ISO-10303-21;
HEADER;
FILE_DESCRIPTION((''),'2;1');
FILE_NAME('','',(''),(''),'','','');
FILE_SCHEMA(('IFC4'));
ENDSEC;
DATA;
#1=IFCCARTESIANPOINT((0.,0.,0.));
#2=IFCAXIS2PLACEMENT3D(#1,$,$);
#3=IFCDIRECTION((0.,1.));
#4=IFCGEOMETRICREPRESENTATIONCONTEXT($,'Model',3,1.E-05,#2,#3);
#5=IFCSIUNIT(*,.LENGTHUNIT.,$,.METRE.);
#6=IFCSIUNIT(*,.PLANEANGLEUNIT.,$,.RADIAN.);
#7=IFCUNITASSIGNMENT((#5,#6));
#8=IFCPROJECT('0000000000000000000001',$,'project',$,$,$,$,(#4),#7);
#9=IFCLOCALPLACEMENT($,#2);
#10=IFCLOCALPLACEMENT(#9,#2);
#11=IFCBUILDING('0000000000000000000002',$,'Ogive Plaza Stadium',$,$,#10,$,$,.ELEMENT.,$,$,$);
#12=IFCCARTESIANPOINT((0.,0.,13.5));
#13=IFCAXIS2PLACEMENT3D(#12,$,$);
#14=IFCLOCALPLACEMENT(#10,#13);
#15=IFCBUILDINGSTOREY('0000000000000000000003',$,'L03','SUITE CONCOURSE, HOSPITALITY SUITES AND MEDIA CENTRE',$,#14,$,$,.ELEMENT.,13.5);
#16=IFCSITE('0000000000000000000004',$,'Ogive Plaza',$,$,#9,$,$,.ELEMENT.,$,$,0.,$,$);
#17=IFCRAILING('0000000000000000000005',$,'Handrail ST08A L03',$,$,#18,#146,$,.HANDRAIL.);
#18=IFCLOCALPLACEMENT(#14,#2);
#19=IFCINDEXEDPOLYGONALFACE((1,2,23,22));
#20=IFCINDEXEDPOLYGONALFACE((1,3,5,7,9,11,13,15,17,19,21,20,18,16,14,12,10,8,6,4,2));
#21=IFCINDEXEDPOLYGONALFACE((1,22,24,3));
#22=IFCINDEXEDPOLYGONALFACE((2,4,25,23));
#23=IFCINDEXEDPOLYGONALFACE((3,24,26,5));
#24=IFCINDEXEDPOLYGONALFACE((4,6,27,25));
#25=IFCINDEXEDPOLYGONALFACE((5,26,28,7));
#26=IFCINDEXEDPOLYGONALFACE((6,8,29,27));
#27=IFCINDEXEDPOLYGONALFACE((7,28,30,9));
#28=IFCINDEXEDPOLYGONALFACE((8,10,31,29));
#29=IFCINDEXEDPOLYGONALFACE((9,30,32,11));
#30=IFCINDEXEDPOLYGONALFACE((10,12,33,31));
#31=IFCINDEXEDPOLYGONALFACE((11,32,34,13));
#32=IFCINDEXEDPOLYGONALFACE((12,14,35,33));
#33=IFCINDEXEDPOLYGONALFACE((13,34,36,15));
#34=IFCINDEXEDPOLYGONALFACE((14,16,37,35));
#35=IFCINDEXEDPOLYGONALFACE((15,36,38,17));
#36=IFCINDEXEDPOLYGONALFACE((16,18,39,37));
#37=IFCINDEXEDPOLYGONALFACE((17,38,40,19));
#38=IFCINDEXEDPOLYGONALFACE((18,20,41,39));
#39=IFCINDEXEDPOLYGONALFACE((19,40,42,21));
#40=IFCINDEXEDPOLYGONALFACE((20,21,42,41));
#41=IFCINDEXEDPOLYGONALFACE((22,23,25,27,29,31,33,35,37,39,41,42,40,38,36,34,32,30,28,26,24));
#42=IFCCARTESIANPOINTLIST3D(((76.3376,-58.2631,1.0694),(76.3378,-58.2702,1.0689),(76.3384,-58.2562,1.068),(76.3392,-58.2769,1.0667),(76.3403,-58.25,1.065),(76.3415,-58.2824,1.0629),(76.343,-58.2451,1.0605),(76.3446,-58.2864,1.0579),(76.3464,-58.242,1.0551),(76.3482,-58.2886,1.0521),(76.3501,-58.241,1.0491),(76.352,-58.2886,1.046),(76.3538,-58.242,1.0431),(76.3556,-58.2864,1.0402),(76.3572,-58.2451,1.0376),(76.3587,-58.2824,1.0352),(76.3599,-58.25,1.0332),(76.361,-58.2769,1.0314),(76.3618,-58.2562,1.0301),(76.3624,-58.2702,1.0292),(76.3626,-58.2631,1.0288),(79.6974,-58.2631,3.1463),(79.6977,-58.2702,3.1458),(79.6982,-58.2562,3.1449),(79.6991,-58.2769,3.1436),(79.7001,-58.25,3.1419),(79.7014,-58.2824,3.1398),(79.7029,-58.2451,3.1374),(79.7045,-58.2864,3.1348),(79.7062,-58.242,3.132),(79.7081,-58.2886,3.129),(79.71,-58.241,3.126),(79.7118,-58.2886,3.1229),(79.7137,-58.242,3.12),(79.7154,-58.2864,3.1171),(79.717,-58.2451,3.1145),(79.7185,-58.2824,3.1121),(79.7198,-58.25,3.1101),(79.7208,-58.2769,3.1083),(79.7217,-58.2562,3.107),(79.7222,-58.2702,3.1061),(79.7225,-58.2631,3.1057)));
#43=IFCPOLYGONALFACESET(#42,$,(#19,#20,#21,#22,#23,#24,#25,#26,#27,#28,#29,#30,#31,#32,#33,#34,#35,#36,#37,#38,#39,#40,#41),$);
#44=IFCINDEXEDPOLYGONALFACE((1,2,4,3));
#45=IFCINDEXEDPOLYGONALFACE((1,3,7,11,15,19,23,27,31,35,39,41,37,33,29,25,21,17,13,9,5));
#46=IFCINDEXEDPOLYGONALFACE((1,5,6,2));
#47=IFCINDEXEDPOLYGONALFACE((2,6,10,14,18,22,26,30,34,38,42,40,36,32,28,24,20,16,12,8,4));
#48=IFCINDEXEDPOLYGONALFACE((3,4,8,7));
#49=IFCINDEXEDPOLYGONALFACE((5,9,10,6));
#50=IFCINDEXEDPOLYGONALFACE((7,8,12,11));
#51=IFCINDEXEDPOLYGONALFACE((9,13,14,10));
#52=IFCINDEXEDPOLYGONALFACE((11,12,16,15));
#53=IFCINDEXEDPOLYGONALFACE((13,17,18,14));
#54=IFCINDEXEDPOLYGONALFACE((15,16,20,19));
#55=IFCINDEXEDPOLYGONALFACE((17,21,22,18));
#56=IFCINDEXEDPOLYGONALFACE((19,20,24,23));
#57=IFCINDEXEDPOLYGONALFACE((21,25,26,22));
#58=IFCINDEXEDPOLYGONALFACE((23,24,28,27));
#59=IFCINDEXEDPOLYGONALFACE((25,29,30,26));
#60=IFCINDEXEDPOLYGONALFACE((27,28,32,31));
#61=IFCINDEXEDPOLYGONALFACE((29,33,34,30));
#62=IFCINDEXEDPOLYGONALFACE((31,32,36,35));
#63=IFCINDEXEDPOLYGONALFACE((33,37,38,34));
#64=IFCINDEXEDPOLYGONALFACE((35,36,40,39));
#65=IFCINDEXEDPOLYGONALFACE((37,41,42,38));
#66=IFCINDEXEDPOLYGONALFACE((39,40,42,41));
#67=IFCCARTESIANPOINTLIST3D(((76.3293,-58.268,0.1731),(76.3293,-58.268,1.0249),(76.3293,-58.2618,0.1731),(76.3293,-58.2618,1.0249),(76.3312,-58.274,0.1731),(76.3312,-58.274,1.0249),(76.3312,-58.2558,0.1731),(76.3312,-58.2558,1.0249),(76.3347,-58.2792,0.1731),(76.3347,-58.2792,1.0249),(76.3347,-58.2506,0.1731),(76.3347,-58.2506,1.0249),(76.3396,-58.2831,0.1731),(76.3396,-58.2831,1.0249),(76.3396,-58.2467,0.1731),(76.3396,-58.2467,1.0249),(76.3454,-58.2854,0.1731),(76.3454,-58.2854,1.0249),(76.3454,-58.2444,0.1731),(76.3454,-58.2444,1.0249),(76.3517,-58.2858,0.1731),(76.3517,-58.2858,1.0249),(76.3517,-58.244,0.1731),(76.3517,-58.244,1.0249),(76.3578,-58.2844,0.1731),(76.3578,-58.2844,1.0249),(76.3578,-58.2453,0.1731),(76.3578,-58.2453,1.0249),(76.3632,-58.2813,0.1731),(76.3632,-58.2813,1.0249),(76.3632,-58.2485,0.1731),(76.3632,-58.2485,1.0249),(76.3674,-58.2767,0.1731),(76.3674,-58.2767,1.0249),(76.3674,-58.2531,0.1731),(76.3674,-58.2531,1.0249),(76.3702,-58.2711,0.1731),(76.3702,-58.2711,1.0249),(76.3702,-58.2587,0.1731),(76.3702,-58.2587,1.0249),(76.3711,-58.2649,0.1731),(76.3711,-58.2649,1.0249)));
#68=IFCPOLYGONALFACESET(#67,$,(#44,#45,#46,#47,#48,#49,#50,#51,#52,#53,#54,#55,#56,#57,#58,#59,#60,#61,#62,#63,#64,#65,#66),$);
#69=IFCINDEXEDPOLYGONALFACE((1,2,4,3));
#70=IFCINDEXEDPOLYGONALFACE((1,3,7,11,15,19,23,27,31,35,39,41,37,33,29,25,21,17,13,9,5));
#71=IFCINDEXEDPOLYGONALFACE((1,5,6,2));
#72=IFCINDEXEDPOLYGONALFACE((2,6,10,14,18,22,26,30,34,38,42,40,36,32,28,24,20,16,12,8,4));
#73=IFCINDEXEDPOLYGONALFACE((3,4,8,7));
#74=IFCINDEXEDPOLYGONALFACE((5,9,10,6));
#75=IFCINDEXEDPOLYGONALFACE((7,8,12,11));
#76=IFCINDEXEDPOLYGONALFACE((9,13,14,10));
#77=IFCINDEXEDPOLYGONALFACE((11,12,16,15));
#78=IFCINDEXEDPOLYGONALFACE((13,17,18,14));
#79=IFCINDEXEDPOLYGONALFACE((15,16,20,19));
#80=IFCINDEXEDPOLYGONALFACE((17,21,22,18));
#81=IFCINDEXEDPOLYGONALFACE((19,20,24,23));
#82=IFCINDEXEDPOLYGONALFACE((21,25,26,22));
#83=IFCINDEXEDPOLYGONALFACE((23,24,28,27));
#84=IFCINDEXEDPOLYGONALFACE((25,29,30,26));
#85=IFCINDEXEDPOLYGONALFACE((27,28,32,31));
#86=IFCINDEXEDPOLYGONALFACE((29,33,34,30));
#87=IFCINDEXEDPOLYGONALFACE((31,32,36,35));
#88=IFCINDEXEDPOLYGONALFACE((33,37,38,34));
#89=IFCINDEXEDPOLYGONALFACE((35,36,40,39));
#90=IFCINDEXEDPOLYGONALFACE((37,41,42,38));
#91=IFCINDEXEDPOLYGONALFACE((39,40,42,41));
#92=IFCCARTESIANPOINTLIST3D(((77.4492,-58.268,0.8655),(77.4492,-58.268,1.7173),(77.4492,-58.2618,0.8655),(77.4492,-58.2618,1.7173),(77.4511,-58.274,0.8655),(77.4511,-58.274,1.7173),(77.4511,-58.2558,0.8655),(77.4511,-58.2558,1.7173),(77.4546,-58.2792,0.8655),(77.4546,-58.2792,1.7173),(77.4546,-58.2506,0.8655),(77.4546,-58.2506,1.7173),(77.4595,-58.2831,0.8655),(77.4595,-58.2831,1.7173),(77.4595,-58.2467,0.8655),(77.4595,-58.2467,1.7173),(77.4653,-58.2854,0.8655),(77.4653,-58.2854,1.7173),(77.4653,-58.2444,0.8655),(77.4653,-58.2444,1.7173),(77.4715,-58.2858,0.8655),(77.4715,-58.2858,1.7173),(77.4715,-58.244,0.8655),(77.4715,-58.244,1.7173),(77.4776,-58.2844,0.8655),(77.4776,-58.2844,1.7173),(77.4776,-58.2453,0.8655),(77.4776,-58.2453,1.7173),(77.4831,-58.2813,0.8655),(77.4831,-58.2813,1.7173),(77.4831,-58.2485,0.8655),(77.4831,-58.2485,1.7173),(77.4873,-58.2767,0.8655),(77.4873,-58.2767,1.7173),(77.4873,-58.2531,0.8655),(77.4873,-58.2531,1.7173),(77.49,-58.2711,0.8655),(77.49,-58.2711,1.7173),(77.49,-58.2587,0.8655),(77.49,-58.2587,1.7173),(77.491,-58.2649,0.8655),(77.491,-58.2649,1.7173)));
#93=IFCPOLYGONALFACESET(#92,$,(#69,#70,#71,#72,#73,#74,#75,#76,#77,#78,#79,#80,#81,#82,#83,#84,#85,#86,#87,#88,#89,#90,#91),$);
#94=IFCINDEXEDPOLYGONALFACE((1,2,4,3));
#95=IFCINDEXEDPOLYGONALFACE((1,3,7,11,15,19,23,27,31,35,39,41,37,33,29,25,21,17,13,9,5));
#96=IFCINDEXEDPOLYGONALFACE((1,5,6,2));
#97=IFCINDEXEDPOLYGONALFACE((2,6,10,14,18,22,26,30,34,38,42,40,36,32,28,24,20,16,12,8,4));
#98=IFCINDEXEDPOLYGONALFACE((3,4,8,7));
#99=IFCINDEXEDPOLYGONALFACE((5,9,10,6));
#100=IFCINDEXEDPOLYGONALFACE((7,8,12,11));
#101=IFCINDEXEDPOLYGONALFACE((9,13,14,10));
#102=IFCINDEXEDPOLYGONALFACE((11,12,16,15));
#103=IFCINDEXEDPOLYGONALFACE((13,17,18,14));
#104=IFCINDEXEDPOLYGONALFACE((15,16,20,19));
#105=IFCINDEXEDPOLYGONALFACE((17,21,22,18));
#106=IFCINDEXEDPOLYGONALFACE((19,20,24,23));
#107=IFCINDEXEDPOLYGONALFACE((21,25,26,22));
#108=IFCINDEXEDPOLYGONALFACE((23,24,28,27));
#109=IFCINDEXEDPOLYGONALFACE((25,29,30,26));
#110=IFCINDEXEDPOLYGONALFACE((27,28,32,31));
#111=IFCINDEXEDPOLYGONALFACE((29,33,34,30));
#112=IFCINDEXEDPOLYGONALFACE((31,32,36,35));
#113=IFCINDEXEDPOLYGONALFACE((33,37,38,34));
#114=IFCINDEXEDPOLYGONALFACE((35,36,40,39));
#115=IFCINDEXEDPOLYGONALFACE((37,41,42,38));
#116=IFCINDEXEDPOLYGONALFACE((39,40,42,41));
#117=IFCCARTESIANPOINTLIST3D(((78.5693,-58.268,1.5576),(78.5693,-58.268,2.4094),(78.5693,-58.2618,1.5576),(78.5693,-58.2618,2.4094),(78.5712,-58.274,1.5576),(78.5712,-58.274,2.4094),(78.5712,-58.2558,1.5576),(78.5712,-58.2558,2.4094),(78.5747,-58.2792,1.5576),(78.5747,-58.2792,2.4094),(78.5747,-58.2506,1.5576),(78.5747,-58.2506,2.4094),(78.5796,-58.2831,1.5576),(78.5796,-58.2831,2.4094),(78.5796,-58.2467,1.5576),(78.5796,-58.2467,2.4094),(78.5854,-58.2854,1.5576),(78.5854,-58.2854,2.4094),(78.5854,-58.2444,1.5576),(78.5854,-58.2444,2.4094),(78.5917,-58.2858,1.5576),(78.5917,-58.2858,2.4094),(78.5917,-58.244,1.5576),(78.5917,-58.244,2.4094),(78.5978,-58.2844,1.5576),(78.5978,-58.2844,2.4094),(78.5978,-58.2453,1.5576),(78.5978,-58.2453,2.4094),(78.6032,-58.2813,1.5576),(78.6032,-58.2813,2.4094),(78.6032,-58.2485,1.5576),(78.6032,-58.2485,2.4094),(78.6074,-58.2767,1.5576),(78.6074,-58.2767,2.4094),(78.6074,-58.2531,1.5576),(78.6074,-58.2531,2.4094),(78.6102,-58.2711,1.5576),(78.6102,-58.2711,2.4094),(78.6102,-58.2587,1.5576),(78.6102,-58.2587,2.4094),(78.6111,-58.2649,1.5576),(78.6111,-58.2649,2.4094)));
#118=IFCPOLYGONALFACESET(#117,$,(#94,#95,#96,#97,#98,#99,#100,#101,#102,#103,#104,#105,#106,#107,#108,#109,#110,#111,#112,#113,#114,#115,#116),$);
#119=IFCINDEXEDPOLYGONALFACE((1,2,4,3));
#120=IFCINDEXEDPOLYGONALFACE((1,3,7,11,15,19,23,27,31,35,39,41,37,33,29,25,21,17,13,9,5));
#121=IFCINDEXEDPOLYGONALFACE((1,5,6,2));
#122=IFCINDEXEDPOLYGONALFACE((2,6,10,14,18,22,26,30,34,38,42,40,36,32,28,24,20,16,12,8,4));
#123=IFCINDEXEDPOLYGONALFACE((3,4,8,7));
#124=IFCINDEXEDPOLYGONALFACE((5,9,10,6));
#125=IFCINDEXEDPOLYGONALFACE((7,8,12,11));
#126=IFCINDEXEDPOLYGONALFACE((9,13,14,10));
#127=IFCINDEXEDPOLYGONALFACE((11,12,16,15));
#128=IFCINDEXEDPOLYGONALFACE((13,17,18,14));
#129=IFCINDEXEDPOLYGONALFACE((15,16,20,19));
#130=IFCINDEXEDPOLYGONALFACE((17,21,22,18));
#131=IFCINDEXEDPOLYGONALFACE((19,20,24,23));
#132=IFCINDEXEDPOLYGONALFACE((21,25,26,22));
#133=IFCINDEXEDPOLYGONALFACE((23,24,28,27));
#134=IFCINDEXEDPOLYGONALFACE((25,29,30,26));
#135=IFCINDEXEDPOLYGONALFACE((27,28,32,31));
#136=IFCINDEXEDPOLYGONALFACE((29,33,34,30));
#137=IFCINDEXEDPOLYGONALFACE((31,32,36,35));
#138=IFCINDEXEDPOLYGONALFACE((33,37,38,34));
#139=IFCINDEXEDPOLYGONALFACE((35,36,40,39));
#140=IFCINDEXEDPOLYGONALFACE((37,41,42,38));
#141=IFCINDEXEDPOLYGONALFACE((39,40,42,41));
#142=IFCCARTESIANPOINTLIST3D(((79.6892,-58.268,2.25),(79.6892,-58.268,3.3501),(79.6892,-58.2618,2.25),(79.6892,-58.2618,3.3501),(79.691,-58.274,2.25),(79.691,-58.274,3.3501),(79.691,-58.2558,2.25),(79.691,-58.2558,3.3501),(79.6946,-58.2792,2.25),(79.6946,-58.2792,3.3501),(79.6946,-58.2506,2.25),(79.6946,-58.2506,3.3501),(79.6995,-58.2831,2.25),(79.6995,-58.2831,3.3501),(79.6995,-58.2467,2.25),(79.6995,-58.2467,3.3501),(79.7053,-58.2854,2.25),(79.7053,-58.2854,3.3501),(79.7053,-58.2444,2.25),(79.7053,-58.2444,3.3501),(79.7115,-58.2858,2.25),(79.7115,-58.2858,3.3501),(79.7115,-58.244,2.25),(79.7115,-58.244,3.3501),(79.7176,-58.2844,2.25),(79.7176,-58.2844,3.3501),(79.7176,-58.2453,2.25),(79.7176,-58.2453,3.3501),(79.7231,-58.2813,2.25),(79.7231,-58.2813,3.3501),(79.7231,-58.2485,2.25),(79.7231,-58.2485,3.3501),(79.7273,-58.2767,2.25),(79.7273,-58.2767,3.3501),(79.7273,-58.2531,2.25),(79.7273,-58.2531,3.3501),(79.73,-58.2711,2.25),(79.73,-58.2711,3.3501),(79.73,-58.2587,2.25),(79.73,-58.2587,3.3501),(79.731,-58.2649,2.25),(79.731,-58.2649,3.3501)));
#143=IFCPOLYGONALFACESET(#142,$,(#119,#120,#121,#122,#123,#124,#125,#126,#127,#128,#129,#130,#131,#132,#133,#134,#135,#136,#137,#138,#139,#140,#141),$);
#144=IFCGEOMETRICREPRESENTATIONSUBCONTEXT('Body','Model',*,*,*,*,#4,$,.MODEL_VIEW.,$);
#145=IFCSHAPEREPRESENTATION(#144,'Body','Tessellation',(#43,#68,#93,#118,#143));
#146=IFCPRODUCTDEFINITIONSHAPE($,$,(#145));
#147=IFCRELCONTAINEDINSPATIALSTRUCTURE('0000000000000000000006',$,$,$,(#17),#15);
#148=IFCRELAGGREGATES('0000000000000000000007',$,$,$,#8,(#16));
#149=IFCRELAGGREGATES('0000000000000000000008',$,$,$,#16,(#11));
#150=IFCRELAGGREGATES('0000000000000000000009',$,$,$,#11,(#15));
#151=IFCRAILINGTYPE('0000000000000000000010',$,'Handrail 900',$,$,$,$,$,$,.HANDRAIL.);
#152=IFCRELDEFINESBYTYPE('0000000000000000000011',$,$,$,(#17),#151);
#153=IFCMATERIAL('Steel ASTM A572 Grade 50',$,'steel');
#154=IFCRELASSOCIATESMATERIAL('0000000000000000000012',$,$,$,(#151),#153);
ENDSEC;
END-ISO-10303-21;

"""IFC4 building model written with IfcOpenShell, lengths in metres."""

from ifc_helpers import new_model, si_unit, direction, frame, origin, origin_2d, place, context, subcontext, project, spatial, circle, extrude, material, type_object, element, save


model = new_model("IFC4")

# Units and contexts
model_context = context("Model", 3, precision=1e-05, world=origin(), true_north=direction((0.0, 1.0)))
body_context = subcontext(model_context, "Body", "Model", "MODEL_VIEW")
ifc_project = project(units=[si_unit("LENGTHUNIT", "METRE"), si_unit("PLANEANGLEUNIT", "RADIAN")], contexts=[model_context])

# Site, building, storey
site_placement = place(None, origin())
site = spatial("IfcSite", under=ifc_project, at=site_placement, Name="Ogive Plaza", CompositionType="ELEMENT", RefElevation=0.0)
building_placement = place(site_placement, origin())
building = spatial("IfcBuilding", under=site, at=building_placement, Name="Ogive Plaza Stadium", CompositionType="ELEMENT")
storey_placement = place(building_placement, frame((0.0, 0.0, 13.5)))
storey = spatial("IfcBuildingStorey", under=building, at=storey_placement, Name="L03", Description="SUITE CONCOURSE, HOSPITALITY SUITES AND MEDIA CENTRE", CompositionType="ELEMENT", Elevation=13.5)

# Railing
ifc_material_1 = material(Name="Steel ASTM A572 Grade 50", Category="steel")
railing_type_1 = type_object("IfcRailingType", Name="Handrail 900", PredefinedType="HANDRAIL", material=ifc_material_1)
for number, where, name in (
    (1, (76.3501, -58.2649, 0.1731), "Handrail ST08A L03"),
):
    element("IfcRailing", number, at=place(storey_placement, frame(where)), inside=storey, type_object=railing_type_1, Name=name, PredefinedType="HANDRAIL", context=body_context, shape_type="SweptSolid", body=[
        extrude(circle(Radius=0.0239, at=origin_2d()), frame((0.0, 0.0, 0.876), z_axis=(0.850606, 0.0, 0.525803), x_axis=(0.0, 1.0, 0.0)), (0.0, 0.0, 1.0), 3.95),
        extrude(circle(Radius=0.021, at=origin_2d()), origin(), (0.0, 0.0, 1.0), 0.8518),
        extrude(circle(Radius=0.021, at=origin_2d()), frame((1.1199, 0.0, 0.6924)), (0.0, 0.0, 1.0), 0.8518),
        extrude(circle(Radius=0.021, at=origin_2d()), frame((2.24, 0.0, 1.3845)), (0.0, 0.0, 1.0), 0.8518),
        extrude(circle(Radius=0.021, at=origin_2d()), frame((3.3599, 0.0, 2.0769)), (0.0, 0.0, 1.0), 1.1001),
    ])

save(model, "model.ifc")
